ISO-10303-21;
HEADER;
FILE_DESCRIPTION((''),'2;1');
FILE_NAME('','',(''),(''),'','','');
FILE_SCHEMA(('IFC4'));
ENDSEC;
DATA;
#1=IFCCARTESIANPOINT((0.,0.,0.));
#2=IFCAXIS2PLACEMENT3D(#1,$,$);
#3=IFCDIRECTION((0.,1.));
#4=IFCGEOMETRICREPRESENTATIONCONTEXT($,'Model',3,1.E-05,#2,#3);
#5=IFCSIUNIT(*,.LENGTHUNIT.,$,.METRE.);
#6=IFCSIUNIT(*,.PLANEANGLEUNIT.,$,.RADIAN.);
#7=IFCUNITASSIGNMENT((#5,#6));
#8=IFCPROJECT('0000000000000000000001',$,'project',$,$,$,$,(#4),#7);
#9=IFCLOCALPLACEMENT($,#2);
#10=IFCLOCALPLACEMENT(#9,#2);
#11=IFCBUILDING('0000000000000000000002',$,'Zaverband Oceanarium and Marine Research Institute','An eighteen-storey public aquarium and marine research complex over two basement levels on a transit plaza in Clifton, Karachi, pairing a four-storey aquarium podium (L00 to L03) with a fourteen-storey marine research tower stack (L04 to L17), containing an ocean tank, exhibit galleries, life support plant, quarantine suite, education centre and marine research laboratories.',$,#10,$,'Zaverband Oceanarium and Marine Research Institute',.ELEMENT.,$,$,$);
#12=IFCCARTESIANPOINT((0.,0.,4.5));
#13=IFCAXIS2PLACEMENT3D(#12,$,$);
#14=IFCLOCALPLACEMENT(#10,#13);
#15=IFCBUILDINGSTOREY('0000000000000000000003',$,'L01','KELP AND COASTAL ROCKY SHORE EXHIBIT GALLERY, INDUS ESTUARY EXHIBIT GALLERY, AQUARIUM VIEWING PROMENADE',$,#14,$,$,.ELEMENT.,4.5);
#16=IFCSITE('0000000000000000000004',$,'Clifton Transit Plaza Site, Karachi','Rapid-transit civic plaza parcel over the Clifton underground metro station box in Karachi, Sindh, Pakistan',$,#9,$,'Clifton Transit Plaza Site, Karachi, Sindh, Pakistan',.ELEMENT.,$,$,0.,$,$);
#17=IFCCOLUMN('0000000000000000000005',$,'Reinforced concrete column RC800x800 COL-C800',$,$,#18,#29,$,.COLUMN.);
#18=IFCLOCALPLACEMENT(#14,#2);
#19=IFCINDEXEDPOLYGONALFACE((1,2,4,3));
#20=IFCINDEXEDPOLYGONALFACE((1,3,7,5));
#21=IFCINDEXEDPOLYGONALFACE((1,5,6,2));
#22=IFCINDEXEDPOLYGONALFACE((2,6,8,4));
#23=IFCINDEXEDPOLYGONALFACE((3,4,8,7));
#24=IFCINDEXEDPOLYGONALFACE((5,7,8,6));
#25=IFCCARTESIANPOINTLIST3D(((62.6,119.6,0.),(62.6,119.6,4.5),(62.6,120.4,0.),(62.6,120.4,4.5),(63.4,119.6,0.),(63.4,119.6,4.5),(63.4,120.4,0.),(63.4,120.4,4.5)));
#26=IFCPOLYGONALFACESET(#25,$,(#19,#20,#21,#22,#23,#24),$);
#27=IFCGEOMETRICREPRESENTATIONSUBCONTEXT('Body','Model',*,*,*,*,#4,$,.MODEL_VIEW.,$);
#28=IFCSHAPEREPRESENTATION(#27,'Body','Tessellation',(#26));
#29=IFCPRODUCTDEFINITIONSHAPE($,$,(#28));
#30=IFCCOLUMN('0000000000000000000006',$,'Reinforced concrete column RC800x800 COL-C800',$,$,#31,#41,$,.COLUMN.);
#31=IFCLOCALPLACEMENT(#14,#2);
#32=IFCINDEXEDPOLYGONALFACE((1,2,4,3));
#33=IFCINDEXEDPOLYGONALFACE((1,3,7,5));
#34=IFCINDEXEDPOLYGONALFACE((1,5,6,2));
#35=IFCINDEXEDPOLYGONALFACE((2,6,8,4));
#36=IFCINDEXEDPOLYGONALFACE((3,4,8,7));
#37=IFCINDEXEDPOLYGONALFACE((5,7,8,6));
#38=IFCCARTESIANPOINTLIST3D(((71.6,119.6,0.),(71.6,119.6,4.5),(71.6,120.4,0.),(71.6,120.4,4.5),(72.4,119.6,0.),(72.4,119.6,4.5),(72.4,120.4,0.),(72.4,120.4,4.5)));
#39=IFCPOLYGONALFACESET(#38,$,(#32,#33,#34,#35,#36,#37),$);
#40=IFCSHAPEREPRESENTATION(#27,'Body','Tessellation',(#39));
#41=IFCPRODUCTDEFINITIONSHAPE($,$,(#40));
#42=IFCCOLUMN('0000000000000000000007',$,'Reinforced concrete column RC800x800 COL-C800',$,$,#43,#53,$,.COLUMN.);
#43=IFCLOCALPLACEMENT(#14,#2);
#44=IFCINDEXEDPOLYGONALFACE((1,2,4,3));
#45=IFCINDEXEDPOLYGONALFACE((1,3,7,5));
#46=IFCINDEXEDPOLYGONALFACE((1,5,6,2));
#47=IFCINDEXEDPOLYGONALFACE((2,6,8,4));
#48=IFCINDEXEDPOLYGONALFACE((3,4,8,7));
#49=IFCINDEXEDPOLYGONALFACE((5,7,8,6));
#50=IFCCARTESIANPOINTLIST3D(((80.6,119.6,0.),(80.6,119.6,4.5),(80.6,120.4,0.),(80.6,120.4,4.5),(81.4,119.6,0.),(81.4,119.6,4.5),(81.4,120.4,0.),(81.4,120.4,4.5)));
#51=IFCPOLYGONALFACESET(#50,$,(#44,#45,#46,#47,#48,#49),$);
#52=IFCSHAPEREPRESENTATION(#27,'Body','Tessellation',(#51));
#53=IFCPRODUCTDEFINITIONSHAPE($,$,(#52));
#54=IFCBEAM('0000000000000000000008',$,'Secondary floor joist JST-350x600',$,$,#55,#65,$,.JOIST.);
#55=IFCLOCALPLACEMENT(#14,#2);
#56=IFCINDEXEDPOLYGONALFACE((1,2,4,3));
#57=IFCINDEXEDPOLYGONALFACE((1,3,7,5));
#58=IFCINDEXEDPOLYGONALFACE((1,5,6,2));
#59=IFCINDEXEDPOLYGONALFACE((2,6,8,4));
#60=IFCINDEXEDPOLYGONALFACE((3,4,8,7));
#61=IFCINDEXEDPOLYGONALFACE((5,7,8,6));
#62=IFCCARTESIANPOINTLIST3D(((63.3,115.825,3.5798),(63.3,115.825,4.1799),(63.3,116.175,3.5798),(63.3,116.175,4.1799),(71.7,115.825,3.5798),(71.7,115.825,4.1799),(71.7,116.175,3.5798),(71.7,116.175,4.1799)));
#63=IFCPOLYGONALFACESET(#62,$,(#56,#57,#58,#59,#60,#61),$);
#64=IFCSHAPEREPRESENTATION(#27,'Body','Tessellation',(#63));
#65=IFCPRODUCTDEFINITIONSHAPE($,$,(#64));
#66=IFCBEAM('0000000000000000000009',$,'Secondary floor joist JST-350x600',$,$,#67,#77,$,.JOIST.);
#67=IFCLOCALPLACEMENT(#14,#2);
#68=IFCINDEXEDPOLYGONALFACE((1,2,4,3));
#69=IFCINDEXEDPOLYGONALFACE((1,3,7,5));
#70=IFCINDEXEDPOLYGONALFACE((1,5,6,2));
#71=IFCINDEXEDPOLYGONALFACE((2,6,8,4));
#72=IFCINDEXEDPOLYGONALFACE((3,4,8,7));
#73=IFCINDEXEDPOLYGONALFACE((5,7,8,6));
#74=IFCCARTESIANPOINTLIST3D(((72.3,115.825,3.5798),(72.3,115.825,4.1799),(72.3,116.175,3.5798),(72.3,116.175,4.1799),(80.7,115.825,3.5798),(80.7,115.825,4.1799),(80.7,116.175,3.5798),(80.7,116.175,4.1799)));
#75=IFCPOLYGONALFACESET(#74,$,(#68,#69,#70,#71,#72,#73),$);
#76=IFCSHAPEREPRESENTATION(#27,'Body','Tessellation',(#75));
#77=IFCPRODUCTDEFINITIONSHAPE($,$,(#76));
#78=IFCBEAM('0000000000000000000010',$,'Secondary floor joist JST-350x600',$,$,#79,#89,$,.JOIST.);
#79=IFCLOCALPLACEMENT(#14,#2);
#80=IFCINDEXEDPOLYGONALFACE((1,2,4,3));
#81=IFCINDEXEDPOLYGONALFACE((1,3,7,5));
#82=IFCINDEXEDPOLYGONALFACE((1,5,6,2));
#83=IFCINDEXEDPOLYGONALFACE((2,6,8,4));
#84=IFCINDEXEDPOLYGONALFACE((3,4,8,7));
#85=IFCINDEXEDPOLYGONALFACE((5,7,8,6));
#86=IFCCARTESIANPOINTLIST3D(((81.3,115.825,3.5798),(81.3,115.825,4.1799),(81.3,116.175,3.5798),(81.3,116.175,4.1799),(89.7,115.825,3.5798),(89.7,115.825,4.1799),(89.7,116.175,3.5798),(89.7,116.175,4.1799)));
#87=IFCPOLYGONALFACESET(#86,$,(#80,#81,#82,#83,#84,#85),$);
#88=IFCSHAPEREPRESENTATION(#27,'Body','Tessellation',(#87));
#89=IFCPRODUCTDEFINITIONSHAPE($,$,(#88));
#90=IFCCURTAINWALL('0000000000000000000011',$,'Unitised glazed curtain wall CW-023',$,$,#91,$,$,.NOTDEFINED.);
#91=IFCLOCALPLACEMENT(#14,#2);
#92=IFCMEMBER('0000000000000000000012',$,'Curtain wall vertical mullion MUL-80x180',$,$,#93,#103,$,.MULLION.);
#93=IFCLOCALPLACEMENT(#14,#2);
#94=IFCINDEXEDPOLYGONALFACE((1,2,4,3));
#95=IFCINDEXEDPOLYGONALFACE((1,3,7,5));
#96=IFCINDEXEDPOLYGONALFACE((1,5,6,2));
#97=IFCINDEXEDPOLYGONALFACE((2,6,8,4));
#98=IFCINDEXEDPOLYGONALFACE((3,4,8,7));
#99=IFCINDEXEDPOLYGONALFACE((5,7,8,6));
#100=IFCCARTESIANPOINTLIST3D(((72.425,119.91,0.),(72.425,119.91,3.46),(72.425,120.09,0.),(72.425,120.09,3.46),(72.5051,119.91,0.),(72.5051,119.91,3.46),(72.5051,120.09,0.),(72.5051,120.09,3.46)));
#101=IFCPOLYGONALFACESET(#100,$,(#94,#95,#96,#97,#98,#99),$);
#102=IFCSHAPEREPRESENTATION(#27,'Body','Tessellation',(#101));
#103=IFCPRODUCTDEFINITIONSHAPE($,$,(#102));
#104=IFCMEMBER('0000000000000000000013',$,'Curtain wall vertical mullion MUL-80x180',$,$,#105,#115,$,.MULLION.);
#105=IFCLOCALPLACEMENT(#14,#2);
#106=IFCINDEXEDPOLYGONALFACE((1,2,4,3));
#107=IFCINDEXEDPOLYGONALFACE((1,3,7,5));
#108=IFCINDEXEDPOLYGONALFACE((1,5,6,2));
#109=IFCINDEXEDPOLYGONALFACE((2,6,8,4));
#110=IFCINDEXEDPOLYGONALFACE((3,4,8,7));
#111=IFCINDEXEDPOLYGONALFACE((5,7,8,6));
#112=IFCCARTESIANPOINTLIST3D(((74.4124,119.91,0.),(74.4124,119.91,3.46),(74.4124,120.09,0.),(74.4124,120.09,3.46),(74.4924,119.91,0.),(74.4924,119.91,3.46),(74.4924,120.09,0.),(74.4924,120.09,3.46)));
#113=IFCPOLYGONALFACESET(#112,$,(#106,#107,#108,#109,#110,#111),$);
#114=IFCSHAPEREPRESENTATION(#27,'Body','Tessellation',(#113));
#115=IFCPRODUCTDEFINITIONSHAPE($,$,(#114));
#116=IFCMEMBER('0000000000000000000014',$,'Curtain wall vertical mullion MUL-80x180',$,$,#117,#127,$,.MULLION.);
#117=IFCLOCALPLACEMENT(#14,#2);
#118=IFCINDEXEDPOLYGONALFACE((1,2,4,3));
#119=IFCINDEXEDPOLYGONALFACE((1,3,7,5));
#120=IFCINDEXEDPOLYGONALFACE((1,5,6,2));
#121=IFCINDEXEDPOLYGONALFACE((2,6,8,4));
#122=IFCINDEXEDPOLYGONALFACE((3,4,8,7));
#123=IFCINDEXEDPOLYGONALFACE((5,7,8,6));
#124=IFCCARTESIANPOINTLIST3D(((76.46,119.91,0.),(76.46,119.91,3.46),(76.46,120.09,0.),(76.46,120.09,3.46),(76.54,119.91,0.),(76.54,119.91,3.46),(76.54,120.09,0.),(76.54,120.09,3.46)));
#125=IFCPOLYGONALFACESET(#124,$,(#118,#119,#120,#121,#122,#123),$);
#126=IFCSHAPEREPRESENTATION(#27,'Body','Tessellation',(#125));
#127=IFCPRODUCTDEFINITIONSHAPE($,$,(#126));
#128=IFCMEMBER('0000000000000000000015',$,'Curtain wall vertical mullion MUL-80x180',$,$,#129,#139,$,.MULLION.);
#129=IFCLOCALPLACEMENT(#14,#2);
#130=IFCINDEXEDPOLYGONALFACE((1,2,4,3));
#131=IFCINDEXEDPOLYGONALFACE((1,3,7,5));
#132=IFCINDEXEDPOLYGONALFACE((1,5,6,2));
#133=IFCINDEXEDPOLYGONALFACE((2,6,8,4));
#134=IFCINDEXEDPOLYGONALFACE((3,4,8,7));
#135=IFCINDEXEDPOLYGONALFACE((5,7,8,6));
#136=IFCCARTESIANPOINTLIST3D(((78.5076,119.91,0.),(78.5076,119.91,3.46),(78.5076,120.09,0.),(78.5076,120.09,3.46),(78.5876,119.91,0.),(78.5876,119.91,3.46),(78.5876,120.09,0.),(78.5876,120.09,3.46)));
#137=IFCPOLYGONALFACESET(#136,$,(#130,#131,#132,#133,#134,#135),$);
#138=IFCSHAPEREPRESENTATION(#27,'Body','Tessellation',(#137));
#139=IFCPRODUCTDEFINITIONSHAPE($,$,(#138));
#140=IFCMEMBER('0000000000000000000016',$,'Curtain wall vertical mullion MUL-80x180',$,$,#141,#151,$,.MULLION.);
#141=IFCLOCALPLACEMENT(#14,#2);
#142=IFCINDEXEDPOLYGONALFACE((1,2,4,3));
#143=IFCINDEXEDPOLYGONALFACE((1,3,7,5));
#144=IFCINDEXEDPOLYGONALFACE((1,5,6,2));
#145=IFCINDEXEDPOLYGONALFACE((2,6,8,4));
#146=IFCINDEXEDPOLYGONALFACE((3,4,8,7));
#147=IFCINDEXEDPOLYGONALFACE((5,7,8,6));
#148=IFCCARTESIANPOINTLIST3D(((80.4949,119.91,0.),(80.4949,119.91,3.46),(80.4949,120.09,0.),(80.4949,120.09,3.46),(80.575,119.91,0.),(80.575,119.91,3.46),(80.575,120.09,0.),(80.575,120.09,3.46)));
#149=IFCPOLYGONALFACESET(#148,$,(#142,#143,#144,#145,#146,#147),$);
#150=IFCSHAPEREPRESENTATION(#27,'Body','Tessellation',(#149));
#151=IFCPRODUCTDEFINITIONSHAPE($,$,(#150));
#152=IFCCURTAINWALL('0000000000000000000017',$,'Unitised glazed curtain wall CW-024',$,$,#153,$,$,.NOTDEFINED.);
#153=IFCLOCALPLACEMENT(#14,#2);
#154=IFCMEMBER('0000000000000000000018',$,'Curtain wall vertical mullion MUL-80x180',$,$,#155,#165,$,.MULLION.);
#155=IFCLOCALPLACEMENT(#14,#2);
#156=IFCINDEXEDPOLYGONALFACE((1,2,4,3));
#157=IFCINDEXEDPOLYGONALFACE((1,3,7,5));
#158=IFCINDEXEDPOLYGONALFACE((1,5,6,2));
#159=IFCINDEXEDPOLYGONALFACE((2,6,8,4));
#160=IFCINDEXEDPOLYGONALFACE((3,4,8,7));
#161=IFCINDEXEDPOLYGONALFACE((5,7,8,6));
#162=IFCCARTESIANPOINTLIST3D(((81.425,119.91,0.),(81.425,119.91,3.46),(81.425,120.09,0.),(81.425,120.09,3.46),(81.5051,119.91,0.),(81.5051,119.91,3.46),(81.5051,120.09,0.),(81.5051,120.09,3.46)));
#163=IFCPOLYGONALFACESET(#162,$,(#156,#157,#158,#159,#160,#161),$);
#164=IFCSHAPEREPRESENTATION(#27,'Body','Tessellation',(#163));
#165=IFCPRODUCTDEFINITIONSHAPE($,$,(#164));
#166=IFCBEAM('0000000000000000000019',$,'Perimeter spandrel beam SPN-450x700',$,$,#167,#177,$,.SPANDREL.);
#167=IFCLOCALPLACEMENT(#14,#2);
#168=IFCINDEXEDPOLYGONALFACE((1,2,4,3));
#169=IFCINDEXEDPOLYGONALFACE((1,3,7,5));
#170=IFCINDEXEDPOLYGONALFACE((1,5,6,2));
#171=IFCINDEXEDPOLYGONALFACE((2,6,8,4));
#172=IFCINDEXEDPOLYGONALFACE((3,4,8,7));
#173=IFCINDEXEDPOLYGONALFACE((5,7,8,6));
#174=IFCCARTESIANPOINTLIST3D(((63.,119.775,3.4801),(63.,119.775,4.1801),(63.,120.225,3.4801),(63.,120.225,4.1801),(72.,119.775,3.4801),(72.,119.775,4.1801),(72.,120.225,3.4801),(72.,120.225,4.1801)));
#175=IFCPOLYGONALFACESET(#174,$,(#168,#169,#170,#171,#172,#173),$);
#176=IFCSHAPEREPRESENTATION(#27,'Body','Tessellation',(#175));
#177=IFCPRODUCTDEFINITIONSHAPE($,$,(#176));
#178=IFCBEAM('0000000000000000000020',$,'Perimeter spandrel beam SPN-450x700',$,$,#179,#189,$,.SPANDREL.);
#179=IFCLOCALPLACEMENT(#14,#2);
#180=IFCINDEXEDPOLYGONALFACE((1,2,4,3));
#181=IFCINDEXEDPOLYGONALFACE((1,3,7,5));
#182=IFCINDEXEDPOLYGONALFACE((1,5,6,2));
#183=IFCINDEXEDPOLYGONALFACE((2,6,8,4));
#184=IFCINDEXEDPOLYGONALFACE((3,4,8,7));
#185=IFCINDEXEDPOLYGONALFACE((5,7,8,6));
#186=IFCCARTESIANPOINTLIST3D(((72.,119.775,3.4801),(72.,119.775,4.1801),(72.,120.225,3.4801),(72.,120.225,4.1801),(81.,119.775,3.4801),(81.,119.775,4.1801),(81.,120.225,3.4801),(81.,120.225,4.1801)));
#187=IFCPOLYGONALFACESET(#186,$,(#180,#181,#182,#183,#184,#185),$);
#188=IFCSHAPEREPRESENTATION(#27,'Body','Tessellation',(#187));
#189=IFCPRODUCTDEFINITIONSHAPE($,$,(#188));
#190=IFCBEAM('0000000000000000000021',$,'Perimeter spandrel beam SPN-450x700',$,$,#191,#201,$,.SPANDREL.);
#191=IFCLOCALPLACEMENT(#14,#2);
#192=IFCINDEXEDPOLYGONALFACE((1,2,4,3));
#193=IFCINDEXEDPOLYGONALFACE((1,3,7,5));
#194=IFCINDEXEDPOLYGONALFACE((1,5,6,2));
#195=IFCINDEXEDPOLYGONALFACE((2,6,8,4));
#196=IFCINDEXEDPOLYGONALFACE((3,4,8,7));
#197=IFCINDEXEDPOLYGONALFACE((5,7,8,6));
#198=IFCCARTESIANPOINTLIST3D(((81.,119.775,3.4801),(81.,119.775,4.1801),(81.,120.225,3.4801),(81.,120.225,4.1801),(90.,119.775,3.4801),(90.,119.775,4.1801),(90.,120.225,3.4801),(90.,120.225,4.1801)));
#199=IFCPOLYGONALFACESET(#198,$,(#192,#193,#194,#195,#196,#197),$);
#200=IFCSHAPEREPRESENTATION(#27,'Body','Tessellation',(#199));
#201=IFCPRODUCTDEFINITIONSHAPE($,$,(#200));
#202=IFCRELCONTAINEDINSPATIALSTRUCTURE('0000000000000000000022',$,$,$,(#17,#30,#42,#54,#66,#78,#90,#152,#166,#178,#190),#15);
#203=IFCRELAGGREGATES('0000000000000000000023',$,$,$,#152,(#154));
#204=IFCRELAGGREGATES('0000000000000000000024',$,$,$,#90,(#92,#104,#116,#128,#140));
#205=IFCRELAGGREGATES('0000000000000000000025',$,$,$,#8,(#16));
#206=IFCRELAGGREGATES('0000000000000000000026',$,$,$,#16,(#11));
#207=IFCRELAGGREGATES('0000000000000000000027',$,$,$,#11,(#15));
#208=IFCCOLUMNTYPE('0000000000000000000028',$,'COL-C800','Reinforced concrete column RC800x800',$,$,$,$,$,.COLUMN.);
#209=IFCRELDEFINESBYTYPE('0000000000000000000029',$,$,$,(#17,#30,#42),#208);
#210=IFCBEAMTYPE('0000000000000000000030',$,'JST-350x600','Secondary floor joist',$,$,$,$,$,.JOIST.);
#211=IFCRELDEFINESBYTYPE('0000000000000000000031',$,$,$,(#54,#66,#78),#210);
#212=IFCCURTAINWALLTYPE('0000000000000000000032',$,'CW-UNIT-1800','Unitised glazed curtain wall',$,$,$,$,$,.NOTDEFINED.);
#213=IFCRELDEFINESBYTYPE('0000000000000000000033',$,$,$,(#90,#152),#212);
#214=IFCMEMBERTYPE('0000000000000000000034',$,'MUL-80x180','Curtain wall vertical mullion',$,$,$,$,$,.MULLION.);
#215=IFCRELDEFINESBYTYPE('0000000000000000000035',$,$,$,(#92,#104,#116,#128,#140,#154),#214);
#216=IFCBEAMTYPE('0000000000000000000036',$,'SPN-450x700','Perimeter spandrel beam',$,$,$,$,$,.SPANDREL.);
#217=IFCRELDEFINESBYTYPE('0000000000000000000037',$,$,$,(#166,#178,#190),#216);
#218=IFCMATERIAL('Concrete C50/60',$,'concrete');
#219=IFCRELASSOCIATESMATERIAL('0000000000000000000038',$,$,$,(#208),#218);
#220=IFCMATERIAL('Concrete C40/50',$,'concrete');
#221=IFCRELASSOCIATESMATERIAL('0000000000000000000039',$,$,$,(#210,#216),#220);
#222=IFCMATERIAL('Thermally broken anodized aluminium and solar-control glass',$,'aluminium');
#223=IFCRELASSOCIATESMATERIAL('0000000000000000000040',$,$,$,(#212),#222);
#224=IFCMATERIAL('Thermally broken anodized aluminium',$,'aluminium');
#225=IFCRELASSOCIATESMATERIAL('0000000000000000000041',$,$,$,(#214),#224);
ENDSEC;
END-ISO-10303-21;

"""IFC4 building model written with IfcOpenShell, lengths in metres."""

from ifc_helpers import new_model, si_unit, direction, frame, origin, origin_2d, place, context, subcontext, project, spatial, rectangle, extrude, material, material_profile, profile_set, type_object, element, aggregate, save


model = new_model("IFC4")

# Units and contexts
model_context = context("Model", 3, precision=1e-05, world=origin(), true_north=direction((0.0, 1.0)))
body_context = subcontext(model_context, "Body", "Model", "MODEL_VIEW")
ifc_project = project(units=[si_unit("LENGTHUNIT", "METRE"), si_unit("PLANEANGLEUNIT", "RADIAN")], contexts=[model_context])

# Site, building, storey
site_placement = place(None, origin())
site = spatial("IfcSite", under=ifc_project, at=site_placement, Name="Clifton Transit Plaza Site, Karachi", Description="Rapid-transit civic plaza parcel over the Clifton underground metro station box in Karachi, Sindh, Pakistan", LongName="Clifton Transit Plaza Site, Karachi, Sindh, Pakistan", CompositionType="ELEMENT", RefElevation=0.0)
building_placement = place(site_placement, origin())
building = spatial("IfcBuilding", under=site, at=building_placement, Name="Zaverband Oceanarium and Marine Research Institute", Description="An eighteen-storey public aquarium and marine research complex over two basement levels on a transit plaza in Clifton, Karachi, pairing a four-storey aquarium podium (L00 to L03) with a fourteen-storey marine research tower stack (L04 to L17), containing an ocean tank, exhibit galleries, life support plant, quarantine suite, education centre and marine research laboratories.", LongName="Zaverband Oceanarium and Marine Research Institute", CompositionType="ELEMENT")
storey_placement = place(building_placement, frame((0.0, 0.0, 4.5)))
storey = spatial("IfcBuildingStorey", under=building, at=storey_placement, Name="L01", Description="KELP AND COASTAL ROCKY SHORE EXHIBIT GALLERY, INDUS ESTUARY EXHIBIT GALLERY, AQUARIUM VIEWING PROMENADE", CompositionType="ELEMENT", Elevation=4.5)

# Columns
ifc_material_1 = material(Name="Concrete C50/60", Category="concrete")
ifc_material_profile_1 = material_profile(ifc_material_1, rectangle(XDim=0.8, YDim=0.8, at=origin_2d()), Name="RC800x800")
ifc_profile_set_1 = profile_set([ifc_material_profile_1], Name="Concrete C50/60")
column_type = type_object("IfcColumnType", Name="COL-C800", Description="Reinforced concrete column RC800x800", PredefinedType="COLUMN", material=ifc_profile_set_1)
for number, where, z_axis, x_axis, name in (
    (1, (63.0, 120.0, 0.0), (0.0, 0.0, 1.0), (1.0, 0.0, 0.0), "Reinforced concrete column RC800x800 COL-C800"),
    (2, (72.0, 120.0, 0.0), (0.0, 0.0, 1.0), (1.0, 0.0, 0.0), "Reinforced concrete column RC800x800 COL-C800"),
    (3, (81.0, 120.0, 0.0), (0.0, 0.0, 1.0), (1.0, 0.0, 0.0), "Reinforced concrete column RC800x800 COL-C800"),
):
    element("IfcColumn", number, at=place(storey_placement, frame(where, z_axis=z_axis, x_axis=x_axis)), inside=storey, type_object=column_type, Name=name, PredefinedType="COLUMN", context=body_context, shape_type="SweptSolid", body=[
        extrude(rectangle(XDim=0.8, YDim=0.8, at=origin_2d()), origin(), (0.0, 0.0, 1.0), 4.5),
    ])

# Beams
ifc_material_2 = material(Name="Concrete C40/50", Category="concrete")
ifc_material_profile_2 = material_profile(ifc_material_2, rectangle(XDim=0.3501, YDim=0.6001, at=origin_2d()), Name="RC350x600")
ifc_profile_set_2 = profile_set([ifc_material_profile_2], Name="Concrete C40/50")
beam_type_1 = type_object("IfcBeamType", Name="JST-350x600", Description="Secondary floor joist", PredefinedType="JOIST", material=ifc_profile_set_2)
for number, where, z_axis, x_axis, name in (
    (4, (63.3, 116.0, 3.8799), (1.0, 0.0, 0.0), (0.0, 1.0, 0.0), "Secondary floor joist JST-350x600"),
    (5, (72.3, 116.0, 3.8799), (1.0, 0.0, 0.0), (0.0, 1.0, 0.0), "Secondary floor joist JST-350x600"),
    (6, (81.3, 116.0, 3.8799), (1.0, 0.0, 0.0), (0.0, 1.0, 0.0), "Secondary floor joist JST-350x600"),
):
    element("IfcBeam", number, at=place(storey_placement, frame(where, z_axis=z_axis, x_axis=x_axis)), inside=storey, type_object=beam_type_1, Name=name, PredefinedType="JOIST", context=body_context, shape_type="SweptSolid", body=[
        extrude(rectangle(XDim=0.3501, YDim=0.6001, at=origin_2d()), origin(), (0.0, 0.0, 1.0), 8.3999),
    ])

# Curtain wall, members
ifc_material_3 = material(Name="Thermally broken anodized aluminium and solar-control glass", Category="aluminium")
curtain_wall_type = type_object("IfcCurtainWallType", Name="CW-UNIT-1800", Description="Unitised glazed curtain wall", PredefinedType="NOTDEFINED", material=ifc_material_3)
curtain_wall_1_placement = place(storey_placement, origin())
curtain_wall_1 = element("IfcCurtainWall", 7, at=curtain_wall_1_placement, inside=storey, type_object=curtain_wall_type, Name="Unitised glazed curtain wall CW-023", PredefinedType="NOTDEFINED")
ifc_material_4 = material(Name="Thermally broken anodized aluminium", Category="aluminium")
ifc_material_profile_3 = material_profile(ifc_material_4, rectangle(XDim=0.0801, YDim=0.1799, at=origin_2d()), Name="AL-MUL-80x180")
ifc_profile_set_3 = profile_set([ifc_material_profile_3], Name="Thermally broken anodized aluminium")
member_type_1 = type_object("IfcMemberType", Name="MUL-80x180", Description="Curtain wall vertical mullion", PredefinedType="MULLION", material=ifc_profile_set_3)
member_1_placement = place(storey_placement, frame((72.4651, 120.0, 0.0), z_axis=(0.0, 0.0, 1.0), x_axis=(1.0, 0.0, 0.0)))
member_1 = element("IfcMember", 8, at=member_1_placement, type_object=member_type_1, Name="Curtain wall vertical mullion MUL-80x180", PredefinedType="MULLION", context=body_context, shape_type="SweptSolid", body=[
    extrude(rectangle(XDim=0.0801, YDim=0.1799, at=origin_2d()), origin(), (0.0, 0.0, 1.0), 3.46),
])
member_2_placement = place(storey_placement, frame((74.4524, 120.0, 0.0), z_axis=(0.0, 0.0, 1.0), x_axis=(1.0, 0.0, 0.0)))
member_2 = element("IfcMember", 9, at=member_2_placement, type_object=member_type_1, Name="Curtain wall vertical mullion MUL-80x180", PredefinedType="MULLION", context=body_context, shape_type="SweptSolid", body=[
    extrude(rectangle(XDim=0.0801, YDim=0.1799, at=origin_2d()), origin(), (0.0, 0.0, 1.0), 3.46),
])
member_3_placement = place(storey_placement, frame((76.5, 120.0, 0.0), z_axis=(0.0, 0.0, 1.0), x_axis=(1.0, 0.0, 0.0)))
member_3 = element("IfcMember", 10, at=member_3_placement, type_object=member_type_1, Name="Curtain wall vertical mullion MUL-80x180", PredefinedType="MULLION", context=body_context, shape_type="SweptSolid", body=[
    extrude(rectangle(XDim=0.0801, YDim=0.1799, at=origin_2d()), origin(), (0.0, 0.0, 1.0), 3.46),
])
member_4_placement = place(storey_placement, frame((78.5476, 120.0, 0.0), z_axis=(0.0, 0.0, 1.0), x_axis=(1.0, 0.0, 0.0)))
member_4 = element("IfcMember", 11, at=member_4_placement, type_object=member_type_1, Name="Curtain wall vertical mullion MUL-80x180", PredefinedType="MULLION", context=body_context, shape_type="SweptSolid", body=[
    extrude(rectangle(XDim=0.0801, YDim=0.1799, at=origin_2d()), origin(), (0.0, 0.0, 1.0), 3.46),
])
member_5_placement = place(storey_placement, frame((80.5349, 120.0, 0.0), z_axis=(0.0, 0.0, 1.0), x_axis=(1.0, 0.0, 0.0)))
member_5 = element("IfcMember", 12, at=member_5_placement, type_object=member_type_1, Name="Curtain wall vertical mullion MUL-80x180", PredefinedType="MULLION", context=body_context, shape_type="SweptSolid", body=[
    extrude(rectangle(XDim=0.0801, YDim=0.1799, at=origin_2d()), origin(), (0.0, 0.0, 1.0), 3.46),
])

# Curtain wall, member
curtain_wall_2_placement = place(storey_placement, origin())
curtain_wall_2 = element("IfcCurtainWall", 13, at=curtain_wall_2_placement, inside=storey, type_object=curtain_wall_type, Name="Unitised glazed curtain wall CW-024", PredefinedType="NOTDEFINED")
member_6_placement = place(storey_placement, frame((81.4651, 120.0, 0.0), z_axis=(0.0, 0.0, 1.0), x_axis=(1.0, 0.0, 0.0)))
member_6 = element("IfcMember", 14, at=member_6_placement, type_object=member_type_1, Name="Curtain wall vertical mullion MUL-80x180", PredefinedType="MULLION", context=body_context, shape_type="SweptSolid", body=[
    extrude(rectangle(XDim=0.0801, YDim=0.1799, at=origin_2d()), origin(), (0.0, 0.0, 1.0), 3.46),
])

# Beams
ifc_material_profile_4 = material_profile(ifc_material_2, rectangle(XDim=0.45, YDim=0.7, at=origin_2d()), Name="RC450x700")
ifc_profile_set_4 = profile_set([ifc_material_profile_4], Name="Concrete C40/50")
beam_type_2 = type_object("IfcBeamType", Name="SPN-450x700", Description="Perimeter spandrel beam", PredefinedType="SPANDREL", material=ifc_profile_set_4)
for number, where, z_axis, x_axis, name in (
    (15, (63.0, 120.0, 3.8301), (1.0, 0.0, 0.0), (0.0, 1.0, 0.0), "Perimeter spandrel beam SPN-450x700"),
    (16, (72.0, 120.0, 3.8301), (1.0, 0.0, 0.0), (0.0, 1.0, 0.0), "Perimeter spandrel beam SPN-450x700"),
    (17, (81.0, 120.0, 3.8301), (1.0, 0.0, 0.0), (0.0, 1.0, 0.0), "Perimeter spandrel beam SPN-450x700"),
):
    element("IfcBeam", number, at=place(storey_placement, frame(where, z_axis=z_axis, x_axis=x_axis)), inside=storey, type_object=beam_type_2, Name=name, PredefinedType="SPANDREL", context=body_context, shape_type="SweptSolid", body=[
        extrude(rectangle(XDim=0.45, YDim=0.7, at=origin_2d()), origin(), (0.0, 0.0, 1.0), 9.0),
    ])

aggregate(curtain_wall_2, [member_6])

aggregate(curtain_wall_1, [member_1, member_2, member_3, member_4, member_5])

save(model, "model.ifc")
